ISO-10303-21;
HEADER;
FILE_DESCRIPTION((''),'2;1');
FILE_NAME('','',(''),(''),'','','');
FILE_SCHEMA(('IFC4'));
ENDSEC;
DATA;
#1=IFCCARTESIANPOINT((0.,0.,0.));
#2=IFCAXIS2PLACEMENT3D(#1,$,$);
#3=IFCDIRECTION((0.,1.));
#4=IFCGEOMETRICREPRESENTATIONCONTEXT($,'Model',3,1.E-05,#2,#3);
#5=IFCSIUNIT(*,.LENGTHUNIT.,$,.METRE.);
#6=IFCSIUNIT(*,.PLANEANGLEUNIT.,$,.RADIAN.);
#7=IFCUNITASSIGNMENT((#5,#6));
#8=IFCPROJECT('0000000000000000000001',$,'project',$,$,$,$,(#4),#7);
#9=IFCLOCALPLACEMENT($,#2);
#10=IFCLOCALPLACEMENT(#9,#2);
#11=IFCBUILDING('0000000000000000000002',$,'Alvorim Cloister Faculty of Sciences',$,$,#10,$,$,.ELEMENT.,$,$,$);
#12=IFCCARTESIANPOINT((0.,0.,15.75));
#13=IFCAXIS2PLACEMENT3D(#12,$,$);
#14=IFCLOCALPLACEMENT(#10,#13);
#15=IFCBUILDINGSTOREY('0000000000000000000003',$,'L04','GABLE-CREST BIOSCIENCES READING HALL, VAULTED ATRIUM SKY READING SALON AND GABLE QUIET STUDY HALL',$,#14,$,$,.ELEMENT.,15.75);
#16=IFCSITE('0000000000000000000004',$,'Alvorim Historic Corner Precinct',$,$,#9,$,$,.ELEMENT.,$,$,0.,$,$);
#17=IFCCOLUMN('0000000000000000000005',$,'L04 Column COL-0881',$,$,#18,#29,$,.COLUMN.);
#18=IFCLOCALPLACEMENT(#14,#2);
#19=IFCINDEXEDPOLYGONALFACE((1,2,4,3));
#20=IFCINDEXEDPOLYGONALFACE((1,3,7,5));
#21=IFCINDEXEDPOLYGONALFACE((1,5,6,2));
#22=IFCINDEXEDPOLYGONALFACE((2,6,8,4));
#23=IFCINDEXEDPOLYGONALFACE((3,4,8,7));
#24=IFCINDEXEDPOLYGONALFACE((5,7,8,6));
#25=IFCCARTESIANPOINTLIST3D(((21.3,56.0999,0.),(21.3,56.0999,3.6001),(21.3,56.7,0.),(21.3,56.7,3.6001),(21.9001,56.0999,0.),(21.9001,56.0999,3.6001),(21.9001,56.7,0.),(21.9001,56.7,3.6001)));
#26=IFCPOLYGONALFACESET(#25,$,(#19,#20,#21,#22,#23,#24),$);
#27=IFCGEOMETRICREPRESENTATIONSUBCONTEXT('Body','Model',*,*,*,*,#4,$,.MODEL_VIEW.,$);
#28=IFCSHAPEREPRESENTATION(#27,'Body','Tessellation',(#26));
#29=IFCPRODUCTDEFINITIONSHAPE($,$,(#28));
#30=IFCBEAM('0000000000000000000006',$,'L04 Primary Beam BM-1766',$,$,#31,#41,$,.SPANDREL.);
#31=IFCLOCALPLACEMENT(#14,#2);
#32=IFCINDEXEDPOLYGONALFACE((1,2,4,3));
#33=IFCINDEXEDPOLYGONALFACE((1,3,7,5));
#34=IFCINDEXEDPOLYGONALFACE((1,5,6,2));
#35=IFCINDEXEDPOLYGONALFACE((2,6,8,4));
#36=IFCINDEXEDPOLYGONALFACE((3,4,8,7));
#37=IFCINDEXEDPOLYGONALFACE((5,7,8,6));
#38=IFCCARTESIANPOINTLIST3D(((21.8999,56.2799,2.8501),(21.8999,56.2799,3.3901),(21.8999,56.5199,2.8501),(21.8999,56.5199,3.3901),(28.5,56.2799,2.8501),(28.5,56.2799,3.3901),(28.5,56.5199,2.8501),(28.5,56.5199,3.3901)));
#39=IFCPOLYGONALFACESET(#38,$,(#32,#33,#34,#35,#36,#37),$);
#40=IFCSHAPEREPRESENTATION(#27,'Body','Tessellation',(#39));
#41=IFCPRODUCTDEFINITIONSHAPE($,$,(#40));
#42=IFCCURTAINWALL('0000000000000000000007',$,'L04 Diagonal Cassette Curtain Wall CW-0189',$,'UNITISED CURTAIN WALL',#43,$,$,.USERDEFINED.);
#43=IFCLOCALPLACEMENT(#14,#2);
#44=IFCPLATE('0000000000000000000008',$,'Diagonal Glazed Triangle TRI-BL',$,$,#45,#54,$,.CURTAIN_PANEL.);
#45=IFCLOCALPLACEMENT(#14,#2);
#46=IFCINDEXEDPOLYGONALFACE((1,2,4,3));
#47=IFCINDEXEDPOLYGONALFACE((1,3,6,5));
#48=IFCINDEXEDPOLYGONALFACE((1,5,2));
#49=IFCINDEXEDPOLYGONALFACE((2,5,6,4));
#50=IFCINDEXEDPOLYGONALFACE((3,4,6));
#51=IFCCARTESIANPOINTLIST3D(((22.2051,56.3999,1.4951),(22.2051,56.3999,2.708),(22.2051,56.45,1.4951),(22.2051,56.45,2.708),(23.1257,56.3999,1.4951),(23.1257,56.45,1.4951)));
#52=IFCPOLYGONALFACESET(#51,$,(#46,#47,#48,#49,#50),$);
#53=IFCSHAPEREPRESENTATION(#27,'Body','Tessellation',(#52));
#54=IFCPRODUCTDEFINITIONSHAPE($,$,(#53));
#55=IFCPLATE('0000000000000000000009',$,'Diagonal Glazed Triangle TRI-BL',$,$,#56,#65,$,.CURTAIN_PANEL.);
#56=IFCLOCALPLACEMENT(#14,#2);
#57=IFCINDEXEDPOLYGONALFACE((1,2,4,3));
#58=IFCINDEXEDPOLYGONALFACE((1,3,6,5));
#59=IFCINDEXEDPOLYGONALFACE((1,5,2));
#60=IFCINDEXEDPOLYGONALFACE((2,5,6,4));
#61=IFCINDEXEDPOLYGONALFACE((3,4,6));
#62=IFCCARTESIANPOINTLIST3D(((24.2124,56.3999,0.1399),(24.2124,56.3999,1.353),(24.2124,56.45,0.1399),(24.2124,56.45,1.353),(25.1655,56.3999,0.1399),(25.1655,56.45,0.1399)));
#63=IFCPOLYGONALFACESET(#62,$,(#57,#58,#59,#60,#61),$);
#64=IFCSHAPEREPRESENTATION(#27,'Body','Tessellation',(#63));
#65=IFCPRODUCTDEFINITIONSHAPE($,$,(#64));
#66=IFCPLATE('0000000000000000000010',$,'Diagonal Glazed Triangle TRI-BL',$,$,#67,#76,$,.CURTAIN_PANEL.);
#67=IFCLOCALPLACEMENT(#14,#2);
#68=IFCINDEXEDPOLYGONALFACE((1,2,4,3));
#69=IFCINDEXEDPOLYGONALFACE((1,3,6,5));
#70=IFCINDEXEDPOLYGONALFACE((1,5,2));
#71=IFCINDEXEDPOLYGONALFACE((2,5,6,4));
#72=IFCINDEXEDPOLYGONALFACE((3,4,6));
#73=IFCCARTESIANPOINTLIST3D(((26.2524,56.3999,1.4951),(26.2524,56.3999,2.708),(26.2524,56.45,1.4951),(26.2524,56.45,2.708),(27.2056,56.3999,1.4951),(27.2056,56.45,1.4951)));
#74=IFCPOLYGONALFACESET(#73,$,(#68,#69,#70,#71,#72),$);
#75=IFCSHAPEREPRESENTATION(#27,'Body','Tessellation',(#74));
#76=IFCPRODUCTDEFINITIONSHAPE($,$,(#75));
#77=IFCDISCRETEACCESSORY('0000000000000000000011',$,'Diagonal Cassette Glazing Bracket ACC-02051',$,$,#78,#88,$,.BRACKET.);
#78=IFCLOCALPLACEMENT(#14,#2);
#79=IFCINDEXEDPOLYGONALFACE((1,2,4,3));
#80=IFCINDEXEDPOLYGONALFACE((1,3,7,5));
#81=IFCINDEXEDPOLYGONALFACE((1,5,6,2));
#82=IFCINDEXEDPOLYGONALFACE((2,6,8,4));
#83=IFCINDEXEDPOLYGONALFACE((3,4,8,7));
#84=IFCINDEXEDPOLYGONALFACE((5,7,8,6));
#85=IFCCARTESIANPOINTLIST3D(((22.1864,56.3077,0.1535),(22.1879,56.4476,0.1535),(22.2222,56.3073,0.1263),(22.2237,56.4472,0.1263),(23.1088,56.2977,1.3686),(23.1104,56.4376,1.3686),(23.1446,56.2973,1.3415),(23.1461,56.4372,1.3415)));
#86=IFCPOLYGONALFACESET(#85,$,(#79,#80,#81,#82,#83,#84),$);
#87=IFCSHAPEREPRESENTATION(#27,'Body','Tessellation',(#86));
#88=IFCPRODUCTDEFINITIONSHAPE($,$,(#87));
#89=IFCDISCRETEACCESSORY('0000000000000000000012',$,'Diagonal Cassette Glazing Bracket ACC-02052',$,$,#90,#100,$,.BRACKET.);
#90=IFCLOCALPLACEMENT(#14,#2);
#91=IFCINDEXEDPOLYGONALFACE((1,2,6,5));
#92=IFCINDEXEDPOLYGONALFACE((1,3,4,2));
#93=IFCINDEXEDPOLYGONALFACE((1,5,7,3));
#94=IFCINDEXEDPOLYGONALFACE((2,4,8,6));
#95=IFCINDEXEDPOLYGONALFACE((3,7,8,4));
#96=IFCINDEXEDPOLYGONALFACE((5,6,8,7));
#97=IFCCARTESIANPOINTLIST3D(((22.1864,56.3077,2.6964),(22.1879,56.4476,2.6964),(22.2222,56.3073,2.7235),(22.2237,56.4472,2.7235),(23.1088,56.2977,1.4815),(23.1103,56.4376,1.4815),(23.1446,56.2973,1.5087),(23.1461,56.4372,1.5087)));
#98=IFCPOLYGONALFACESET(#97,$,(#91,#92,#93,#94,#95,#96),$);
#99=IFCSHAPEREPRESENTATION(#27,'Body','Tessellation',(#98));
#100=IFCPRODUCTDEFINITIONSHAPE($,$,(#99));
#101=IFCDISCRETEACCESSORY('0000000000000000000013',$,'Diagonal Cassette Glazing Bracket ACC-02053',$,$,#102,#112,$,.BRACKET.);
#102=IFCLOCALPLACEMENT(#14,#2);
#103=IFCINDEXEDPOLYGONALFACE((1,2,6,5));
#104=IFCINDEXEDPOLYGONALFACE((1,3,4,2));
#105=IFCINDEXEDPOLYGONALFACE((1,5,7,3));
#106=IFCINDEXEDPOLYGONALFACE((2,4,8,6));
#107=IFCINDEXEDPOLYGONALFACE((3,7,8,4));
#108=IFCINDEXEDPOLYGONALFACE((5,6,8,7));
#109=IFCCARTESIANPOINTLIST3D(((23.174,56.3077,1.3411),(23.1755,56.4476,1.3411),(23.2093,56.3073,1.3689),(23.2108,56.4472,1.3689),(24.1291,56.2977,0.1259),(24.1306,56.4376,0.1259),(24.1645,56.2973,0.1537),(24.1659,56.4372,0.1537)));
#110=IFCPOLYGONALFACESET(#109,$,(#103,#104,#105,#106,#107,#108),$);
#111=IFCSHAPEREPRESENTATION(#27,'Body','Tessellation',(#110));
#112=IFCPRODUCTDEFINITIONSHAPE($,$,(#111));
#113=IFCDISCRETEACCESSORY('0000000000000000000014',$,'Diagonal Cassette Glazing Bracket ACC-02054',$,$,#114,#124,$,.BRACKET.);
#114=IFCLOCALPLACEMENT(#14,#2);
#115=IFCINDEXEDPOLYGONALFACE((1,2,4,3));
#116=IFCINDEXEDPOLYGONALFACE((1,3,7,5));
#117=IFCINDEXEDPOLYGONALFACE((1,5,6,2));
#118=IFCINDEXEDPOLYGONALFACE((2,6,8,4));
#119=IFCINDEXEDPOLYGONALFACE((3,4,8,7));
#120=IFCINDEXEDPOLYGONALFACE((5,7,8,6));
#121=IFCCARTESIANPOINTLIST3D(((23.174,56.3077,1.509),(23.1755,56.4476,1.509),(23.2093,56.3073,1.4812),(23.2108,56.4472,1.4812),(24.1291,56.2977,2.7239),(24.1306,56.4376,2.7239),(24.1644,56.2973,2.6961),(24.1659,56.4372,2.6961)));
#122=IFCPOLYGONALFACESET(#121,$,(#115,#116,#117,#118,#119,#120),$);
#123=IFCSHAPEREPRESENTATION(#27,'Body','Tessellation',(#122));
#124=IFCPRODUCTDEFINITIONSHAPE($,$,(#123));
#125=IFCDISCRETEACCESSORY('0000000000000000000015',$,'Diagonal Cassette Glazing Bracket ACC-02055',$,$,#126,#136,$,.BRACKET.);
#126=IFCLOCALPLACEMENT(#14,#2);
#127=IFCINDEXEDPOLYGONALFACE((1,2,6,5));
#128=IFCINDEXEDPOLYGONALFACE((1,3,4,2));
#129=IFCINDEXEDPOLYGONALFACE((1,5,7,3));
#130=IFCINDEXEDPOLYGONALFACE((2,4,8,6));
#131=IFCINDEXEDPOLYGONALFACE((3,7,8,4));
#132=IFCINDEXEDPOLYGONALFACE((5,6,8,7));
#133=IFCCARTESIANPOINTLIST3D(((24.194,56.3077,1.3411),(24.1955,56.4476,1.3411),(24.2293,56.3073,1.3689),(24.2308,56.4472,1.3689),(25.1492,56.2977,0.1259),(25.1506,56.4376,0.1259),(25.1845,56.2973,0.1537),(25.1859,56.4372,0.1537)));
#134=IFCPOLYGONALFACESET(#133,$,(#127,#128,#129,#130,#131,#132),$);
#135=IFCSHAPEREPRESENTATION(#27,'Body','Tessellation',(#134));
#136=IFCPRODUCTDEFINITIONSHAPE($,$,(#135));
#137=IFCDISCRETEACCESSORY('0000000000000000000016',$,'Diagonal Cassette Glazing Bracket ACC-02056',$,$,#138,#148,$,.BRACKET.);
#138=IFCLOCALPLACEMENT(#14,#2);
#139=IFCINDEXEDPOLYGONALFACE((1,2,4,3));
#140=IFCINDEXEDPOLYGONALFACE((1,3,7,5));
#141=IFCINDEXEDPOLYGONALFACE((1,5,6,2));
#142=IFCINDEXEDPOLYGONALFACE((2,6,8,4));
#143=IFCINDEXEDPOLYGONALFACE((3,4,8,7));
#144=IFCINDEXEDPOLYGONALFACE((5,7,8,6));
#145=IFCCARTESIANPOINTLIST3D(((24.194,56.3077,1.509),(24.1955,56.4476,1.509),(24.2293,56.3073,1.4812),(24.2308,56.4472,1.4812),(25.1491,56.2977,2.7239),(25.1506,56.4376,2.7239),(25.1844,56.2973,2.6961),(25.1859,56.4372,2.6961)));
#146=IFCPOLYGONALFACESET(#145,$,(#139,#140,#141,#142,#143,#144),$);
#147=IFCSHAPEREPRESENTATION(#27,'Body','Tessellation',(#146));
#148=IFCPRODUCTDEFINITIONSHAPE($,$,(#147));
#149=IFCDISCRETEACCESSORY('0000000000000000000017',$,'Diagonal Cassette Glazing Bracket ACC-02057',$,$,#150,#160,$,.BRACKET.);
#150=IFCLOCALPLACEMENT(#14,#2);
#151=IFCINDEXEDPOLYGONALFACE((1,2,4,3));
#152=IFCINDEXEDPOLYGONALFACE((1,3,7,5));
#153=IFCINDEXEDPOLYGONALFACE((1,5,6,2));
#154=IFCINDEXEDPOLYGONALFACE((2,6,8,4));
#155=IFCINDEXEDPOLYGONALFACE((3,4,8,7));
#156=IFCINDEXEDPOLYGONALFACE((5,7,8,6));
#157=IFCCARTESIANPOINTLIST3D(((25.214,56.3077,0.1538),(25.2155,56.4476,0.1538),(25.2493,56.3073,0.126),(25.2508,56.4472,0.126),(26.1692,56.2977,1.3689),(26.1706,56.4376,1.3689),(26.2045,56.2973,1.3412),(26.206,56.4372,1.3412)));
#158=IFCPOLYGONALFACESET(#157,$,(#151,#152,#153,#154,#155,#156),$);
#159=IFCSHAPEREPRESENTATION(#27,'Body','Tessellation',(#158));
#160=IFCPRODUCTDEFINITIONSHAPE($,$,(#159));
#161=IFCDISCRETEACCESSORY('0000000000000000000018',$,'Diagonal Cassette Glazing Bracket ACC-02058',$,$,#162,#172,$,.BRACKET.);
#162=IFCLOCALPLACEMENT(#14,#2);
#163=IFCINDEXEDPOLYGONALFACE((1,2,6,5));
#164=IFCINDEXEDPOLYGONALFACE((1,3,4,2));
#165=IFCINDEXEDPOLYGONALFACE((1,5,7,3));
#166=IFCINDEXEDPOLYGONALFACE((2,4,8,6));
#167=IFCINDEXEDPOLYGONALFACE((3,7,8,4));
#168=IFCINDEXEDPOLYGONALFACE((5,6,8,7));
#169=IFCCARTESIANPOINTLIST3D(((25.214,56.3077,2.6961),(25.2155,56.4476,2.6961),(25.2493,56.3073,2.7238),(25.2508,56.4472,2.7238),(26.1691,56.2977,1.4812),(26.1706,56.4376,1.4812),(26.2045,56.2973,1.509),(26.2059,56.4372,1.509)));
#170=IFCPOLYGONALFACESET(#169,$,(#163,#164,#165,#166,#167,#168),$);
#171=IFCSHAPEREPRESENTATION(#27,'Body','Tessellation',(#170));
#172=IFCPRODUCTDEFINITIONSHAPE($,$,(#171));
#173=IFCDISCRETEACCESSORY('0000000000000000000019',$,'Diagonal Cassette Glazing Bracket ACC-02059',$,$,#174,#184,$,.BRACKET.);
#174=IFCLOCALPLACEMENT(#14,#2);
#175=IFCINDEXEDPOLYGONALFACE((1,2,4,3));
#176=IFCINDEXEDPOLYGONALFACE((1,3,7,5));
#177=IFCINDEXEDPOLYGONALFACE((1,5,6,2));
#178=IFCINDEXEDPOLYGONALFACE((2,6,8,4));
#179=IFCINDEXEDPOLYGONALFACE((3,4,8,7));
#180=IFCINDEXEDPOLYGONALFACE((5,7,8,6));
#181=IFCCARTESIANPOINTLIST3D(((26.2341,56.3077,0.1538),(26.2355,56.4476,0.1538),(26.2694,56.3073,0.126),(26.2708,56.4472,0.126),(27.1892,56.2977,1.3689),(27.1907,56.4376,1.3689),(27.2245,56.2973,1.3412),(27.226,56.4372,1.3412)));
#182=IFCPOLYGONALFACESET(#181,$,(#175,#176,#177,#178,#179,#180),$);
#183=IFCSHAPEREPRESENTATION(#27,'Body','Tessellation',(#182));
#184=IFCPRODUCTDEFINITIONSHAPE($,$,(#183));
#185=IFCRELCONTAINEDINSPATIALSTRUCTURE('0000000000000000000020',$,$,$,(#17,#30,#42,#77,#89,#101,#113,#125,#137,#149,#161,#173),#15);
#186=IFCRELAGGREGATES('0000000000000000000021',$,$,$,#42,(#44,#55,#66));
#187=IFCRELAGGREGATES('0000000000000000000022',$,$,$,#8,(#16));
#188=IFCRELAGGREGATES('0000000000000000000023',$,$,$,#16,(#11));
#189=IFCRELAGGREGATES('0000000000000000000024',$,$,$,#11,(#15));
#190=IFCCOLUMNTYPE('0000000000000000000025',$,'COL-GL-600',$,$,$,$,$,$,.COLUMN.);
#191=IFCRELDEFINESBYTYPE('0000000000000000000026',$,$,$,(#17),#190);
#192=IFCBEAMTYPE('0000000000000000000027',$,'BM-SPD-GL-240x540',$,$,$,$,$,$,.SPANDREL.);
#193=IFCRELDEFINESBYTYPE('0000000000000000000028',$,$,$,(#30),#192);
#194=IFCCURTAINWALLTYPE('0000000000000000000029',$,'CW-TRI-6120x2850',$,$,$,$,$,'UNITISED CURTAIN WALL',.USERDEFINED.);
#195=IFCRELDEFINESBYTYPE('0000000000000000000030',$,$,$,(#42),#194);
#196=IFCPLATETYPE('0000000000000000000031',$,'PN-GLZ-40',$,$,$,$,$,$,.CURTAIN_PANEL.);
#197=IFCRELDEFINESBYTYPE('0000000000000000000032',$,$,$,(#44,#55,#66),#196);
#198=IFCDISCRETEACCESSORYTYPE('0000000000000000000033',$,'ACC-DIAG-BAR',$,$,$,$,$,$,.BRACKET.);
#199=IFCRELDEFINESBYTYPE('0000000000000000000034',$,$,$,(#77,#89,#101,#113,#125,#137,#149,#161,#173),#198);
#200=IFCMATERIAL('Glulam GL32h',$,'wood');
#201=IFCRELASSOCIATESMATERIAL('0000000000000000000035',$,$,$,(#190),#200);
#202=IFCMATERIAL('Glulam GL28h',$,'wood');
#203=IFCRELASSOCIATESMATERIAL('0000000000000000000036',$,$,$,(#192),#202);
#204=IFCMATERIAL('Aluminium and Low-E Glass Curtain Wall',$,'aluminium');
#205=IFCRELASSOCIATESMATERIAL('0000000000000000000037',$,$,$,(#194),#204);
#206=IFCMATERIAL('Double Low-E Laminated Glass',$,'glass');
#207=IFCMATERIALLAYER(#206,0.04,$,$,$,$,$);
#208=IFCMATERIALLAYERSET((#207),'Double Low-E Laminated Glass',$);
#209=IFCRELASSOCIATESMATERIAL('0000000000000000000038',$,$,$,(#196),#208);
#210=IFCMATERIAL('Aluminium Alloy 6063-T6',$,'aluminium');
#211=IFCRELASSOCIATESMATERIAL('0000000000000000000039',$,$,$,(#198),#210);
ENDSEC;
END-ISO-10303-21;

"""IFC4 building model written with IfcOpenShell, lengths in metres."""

from ifc_helpers import new_model, si_unit, direction, frame, origin, origin_2d, place, context, subcontext, project, spatial, polyline, rectangle, outline, extrude, material, layer, layer_set, material_profile, profile_set, type_object, element, aggregate, save


model = new_model("IFC4")

# Units and contexts
model_context = context("Model", 3, precision=1e-05, world=origin(), true_north=direction((0.0, 1.0)))
body_context = subcontext(model_context, "Body", "Model", "MODEL_VIEW")
ifc_project = project(units=[si_unit("LENGTHUNIT", "METRE"), si_unit("PLANEANGLEUNIT", "RADIAN")], contexts=[model_context])

# Site, building, storey
site_placement = place(None, origin())
site = spatial("IfcSite", under=ifc_project, at=site_placement, Name="Alvorim Historic Corner Precinct", CompositionType="ELEMENT", RefElevation=0.0)
building_placement = place(site_placement, origin())
building = spatial("IfcBuilding", under=site, at=building_placement, Name="Alvorim Cloister Faculty of Sciences", CompositionType="ELEMENT")
storey_placement = place(building_placement, frame((0.0, 0.0, 15.75)))
storey = spatial("IfcBuildingStorey", under=building, at=storey_placement, Name="L04", Description="GABLE-CREST BIOSCIENCES READING HALL, VAULTED ATRIUM SKY READING SALON AND GABLE QUIET STUDY HALL", CompositionType="ELEMENT", Elevation=15.75)

# Column
ifc_material_1 = material(Name="Glulam GL32h", Category="wood")
ifc_material_profile_1 = material_profile(ifc_material_1, rectangle(XDim=0.6001, YDim=0.6001, at=origin_2d()), Name="GL32-COL-600x600")
ifc_profile_set_1 = profile_set([ifc_material_profile_1], Name="Glulam GL32h")
column_type = type_object("IfcColumnType", Name="COL-GL-600", PredefinedType="COLUMN", material=ifc_profile_set_1)
column_placement = place(storey_placement, frame((21.6001, 56.3999, 0.0), z_axis=(0.0, 0.0, 1.0), x_axis=(1.0, 0.0, 0.0)))
element("IfcColumn", 1, at=column_placement, inside=storey, type_object=column_type, Name="L04 Column COL-0881", PredefinedType="COLUMN", context=body_context, shape_type="SweptSolid", body=[
    extrude(rectangle(XDim=0.6001, YDim=0.6001, at=origin_2d()), origin(), (0.0, 0.0, 1.0), 3.6001),
])

# Beam
ifc_material_2 = material(Name="Glulam GL28h", Category="wood")
ifc_material_profile_2 = material_profile(ifc_material_2, rectangle(XDim=0.24, YDim=0.54, at=origin_2d()), Name="GL28-SPD-240x540")
ifc_profile_set_2 = profile_set([ifc_material_profile_2], Name="Glulam GL28h")
beam_type = type_object("IfcBeamType", Name="BM-SPD-GL-240x540", PredefinedType="SPANDREL", material=ifc_profile_set_2)
beam_placement = place(storey_placement, frame((21.8999, 56.3999, 3.1201), z_axis=(1.0, 0.0, 0.0), x_axis=(0.0, 1.0, 0.0)))
element("IfcBeam", 2, at=beam_placement, inside=storey, type_object=beam_type, Name="L04 Primary Beam BM-1766", PredefinedType="SPANDREL", context=body_context, shape_type="SweptSolid", body=[
    extrude(rectangle(XDim=0.24, YDim=0.54, at=origin_2d()), origin(), (0.0, 0.0, 1.0), 6.6001),
])

# Curtain wall, plates
ifc_material_3 = material(Name="Aluminium and Low-E Glass Curtain Wall", Category="aluminium")
curtain_wall_type = type_object("IfcCurtainWallType", Name="CW-TRI-6120x2850", ElementType="UNITISED CURTAIN WALL", PredefinedType="USERDEFINED", material=ifc_material_3)
curtain_wall_placement = place(storey_placement, origin())
curtain_wall = element("IfcCurtainWall", 3, at=curtain_wall_placement, inside=storey, type_object=curtain_wall_type, Name="L04 Diagonal Cassette Curtain Wall CW-0189", ObjectType="UNITISED CURTAIN WALL", PredefinedType="USERDEFINED")
ifc_material_4 = material(Name="Double Low-E Laminated Glass", Category="glass")
ifc_layer = layer(ifc_material_4, 0.04)
ifc_layer_set = layer_set([ifc_layer], Name="Double Low-E Laminated Glass")
plate_type = type_object("IfcPlateType", Name="PN-GLZ-40", PredefinedType="CURTAIN_PANEL", material=ifc_layer_set)
plate_1_placement = place(storey_placement, frame((22.2051, 56.425, 1.4951), z_axis=(0.0, 0.0, 1.0), x_axis=(1.0, 0.0, 0.0)))
plate_1 = element("IfcPlate", 4, at=plate_1_placement, type_object=plate_type, Name="Diagonal Glazed Triangle TRI-BL", PredefinedType="CURTAIN_PANEL", context=body_context, shape_type="SweptSolid", body=[
    extrude(outline(polyline([(0.0, 0.0), (0.9207, 0.0), (0.0, 1.2129), (0.0, 0.0)])), frame((0.0, 0.0249, 0.0), z_axis=(0.0, -1.0, 0.0), x_axis=(1.0, 0.0, 0.0)), (0.0, 0.0, 1.0), 0.05),
])
plate_2_placement = place(storey_placement, frame((24.2124, 56.425, 0.1399), z_axis=(0.0, 0.0, 1.0), x_axis=(1.0, 0.0, 0.0)))
plate_2 = element("IfcPlate", 5, at=plate_2_placement, type_object=plate_type, Name="Diagonal Glazed Triangle TRI-BL", PredefinedType="CURTAIN_PANEL", context=body_context, shape_type="SweptSolid", body=[
    extrude(outline(polyline([(0.0, 0.0), (0.9531, 0.0), (0.0, 1.2131), (0.0, 0.0)])), frame((0.0, 0.0249, 0.0), z_axis=(0.0, -1.0, 0.0), x_axis=(1.0, 0.0, 0.0)), (0.0, 0.0, 1.0), 0.05),
])
plate_3_placement = place(storey_placement, frame((26.2524, 56.425, 1.4951), z_axis=(0.0, 0.0, 1.0), x_axis=(1.0, 0.0, 0.0)))
plate_3 = element("IfcPlate", 6, at=plate_3_placement, type_object=plate_type, Name="Diagonal Glazed Triangle TRI-BL", PredefinedType="CURTAIN_PANEL", context=body_context, shape_type="SweptSolid", body=[
    extrude(outline(polyline([(0.0, 0.0), (0.9531, 0.0), (0.0, 1.2129), (0.0, 0.0)])), frame((0.0, 0.0249, 0.0), z_axis=(0.0, -1.0, 0.0), x_axis=(1.0, 0.0, 0.0)), (0.0, 0.0, 1.0), 0.05),
])
aggregate(curtain_wall, [plate_1, plate_2, plate_3])

# Discrete accessories
ifc_material_5 = material(Name="Aluminium Alloy 6063-T6", Category="aluminium")
discrete_accessory_type = type_object("IfcDiscreteAccessoryType", Name="ACC-DIAG-BAR", PredefinedType="BRACKET", material=ifc_material_5)
discrete_accessory_1_placement = place(storey_placement, frame((22.2051, 56.3774, 0.1399), z_axis=(0.604612, -0.006561, 0.796493), x_axis=(0.010852, 0.999941, 0.0)))
element("IfcDiscreteAccessory", 7, at=discrete_accessory_1_placement, inside=storey, type_object=discrete_accessory_type, Name="Diagonal Cassette Glazing Bracket ACC-02051", PredefinedType="BRACKET", context=body_context, shape_type="SweptSolid", body=[
    extrude(rectangle(XDim=0.1399, YDim=0.0449, at=origin_2d()), origin(), (0.0, 0.0, 1.0), 1.5256),
])
discrete_accessory_2_placement = place(storey_placement, frame((22.2051, 56.3774, 2.71), z_axis=(0.604689, -0.006562, -0.796435), x_axis=(0.010852, 0.999941, 0.0)))
element("IfcDiscreteAccessory", 8, at=discrete_accessory_2_placement, inside=storey, type_object=discrete_accessory_type, Name="Diagonal Cassette Glazing Bracket ACC-02052", PredefinedType="BRACKET", context=body_context, shape_type="SweptSolid", body=[
    extrude(rectangle(XDim=0.1399, YDim=0.0449, at=origin_2d()), origin(), (0.0, 0.0, 1.0), 1.5254),
])
discrete_accessory_3_placement = place(storey_placement, frame((23.1924, 56.3774, 1.355), z_axis=(0.617955, -0.006477, -0.786187), x_axis=(0.01048, 0.999945, 0.0)))
element("IfcDiscreteAccessory", 9, at=discrete_accessory_3_placement, inside=storey, type_object=discrete_accessory_type, Name="Diagonal Cassette Glazing Bracket ACC-02053", PredefinedType="BRACKET", context=body_context, shape_type="SweptSolid", body=[
    extrude(rectangle(XDim=0.1399, YDim=0.0449, at=origin_2d()), origin(), (0.0, 0.0, 1.0), 1.5457),
])
discrete_accessory_4_placement = place(storey_placement, frame((23.1924, 56.3774, 1.4951), z_axis=(0.618032, -0.006477, 0.786126), x_axis=(0.01048, 0.999945, 0.0)))
element("IfcDiscreteAccessory", 10, at=discrete_accessory_4_placement, inside=storey, type_object=discrete_accessory_type, Name="Diagonal Cassette Glazing Bracket ACC-02054", PredefinedType="BRACKET", context=body_context, shape_type="SweptSolid", body=[
    extrude(rectangle(XDim=0.1399, YDim=0.0449, at=origin_2d()), origin(), (0.0, 0.0, 1.0), 1.5454),
])
discrete_accessory_5_placement = place(storey_placement, frame((24.2124, 56.3774, 1.355), z_axis=(0.617955, -0.006477, -0.786187), x_axis=(0.01048, 0.999945, 0.0)))
element("IfcDiscreteAccessory", 11, at=discrete_accessory_5_placement, inside=storey, type_object=discrete_accessory_type, Name="Diagonal Cassette Glazing Bracket ACC-02055", PredefinedType="BRACKET", context=body_context, shape_type="SweptSolid", body=[
    extrude(rectangle(XDim=0.1399, YDim=0.0449, at=origin_2d()), origin(), (0.0, 0.0, 1.0), 1.5457),
])
discrete_accessory_6_placement = place(storey_placement, frame((24.2124, 56.3774, 1.4951), z_axis=(0.618032, -0.006477, 0.786126), x_axis=(0.01048, 0.999945, 0.0)))
element("IfcDiscreteAccessory", 12, at=discrete_accessory_6_placement, inside=storey, type_object=discrete_accessory_type, Name="Diagonal Cassette Glazing Bracket ACC-02056", PredefinedType="BRACKET", context=body_context, shape_type="SweptSolid", body=[
    extrude(rectangle(XDim=0.1399, YDim=0.0449, at=origin_2d()), origin(), (0.0, 0.0, 1.0), 1.5454),
])
discrete_accessory_7_placement = place(storey_placement, frame((25.2324, 56.3774, 0.1399), z_axis=(0.617955, -0.006477, 0.786187), x_axis=(0.01048, 0.999945, 0.0)))
element("IfcDiscreteAccessory", 13, at=discrete_accessory_7_placement, inside=storey, type_object=discrete_accessory_type, Name="Diagonal Cassette Glazing Bracket ACC-02057", PredefinedType="BRACKET", context=body_context, shape_type="SweptSolid", body=[
    extrude(rectangle(XDim=0.1399, YDim=0.0449, at=origin_2d()), origin(), (0.0, 0.0, 1.0), 1.5457),
])
discrete_accessory_8_placement = place(storey_placement, frame((25.2324, 56.3774, 2.71), z_axis=(0.618032, -0.006477, -0.786126), x_axis=(0.01048, 0.999945, 0.0)))
element("IfcDiscreteAccessory", 14, at=discrete_accessory_8_placement, inside=storey, type_object=discrete_accessory_type, Name="Diagonal Cassette Glazing Bracket ACC-02058", PredefinedType="BRACKET", context=body_context, shape_type="SweptSolid", body=[
    extrude(rectangle(XDim=0.1399, YDim=0.0449, at=origin_2d()), origin(), (0.0, 0.0, 1.0), 1.5454),
])
discrete_accessory_9_placement = place(storey_placement, frame((26.2524, 56.3774, 0.1399), z_axis=(0.617955, -0.006477, 0.786187), x_axis=(0.01048, 0.999945, 0.0)))
element("IfcDiscreteAccessory", 15, at=discrete_accessory_9_placement, inside=storey, type_object=discrete_accessory_type, Name="Diagonal Cassette Glazing Bracket ACC-02059", PredefinedType="BRACKET", context=body_context, shape_type="SweptSolid", body=[
    extrude(rectangle(XDim=0.1399, YDim=0.0449, at=origin_2d()), origin(), (0.0, 0.0, 1.0), 1.5457),
])

save(model, "model.ifc")
